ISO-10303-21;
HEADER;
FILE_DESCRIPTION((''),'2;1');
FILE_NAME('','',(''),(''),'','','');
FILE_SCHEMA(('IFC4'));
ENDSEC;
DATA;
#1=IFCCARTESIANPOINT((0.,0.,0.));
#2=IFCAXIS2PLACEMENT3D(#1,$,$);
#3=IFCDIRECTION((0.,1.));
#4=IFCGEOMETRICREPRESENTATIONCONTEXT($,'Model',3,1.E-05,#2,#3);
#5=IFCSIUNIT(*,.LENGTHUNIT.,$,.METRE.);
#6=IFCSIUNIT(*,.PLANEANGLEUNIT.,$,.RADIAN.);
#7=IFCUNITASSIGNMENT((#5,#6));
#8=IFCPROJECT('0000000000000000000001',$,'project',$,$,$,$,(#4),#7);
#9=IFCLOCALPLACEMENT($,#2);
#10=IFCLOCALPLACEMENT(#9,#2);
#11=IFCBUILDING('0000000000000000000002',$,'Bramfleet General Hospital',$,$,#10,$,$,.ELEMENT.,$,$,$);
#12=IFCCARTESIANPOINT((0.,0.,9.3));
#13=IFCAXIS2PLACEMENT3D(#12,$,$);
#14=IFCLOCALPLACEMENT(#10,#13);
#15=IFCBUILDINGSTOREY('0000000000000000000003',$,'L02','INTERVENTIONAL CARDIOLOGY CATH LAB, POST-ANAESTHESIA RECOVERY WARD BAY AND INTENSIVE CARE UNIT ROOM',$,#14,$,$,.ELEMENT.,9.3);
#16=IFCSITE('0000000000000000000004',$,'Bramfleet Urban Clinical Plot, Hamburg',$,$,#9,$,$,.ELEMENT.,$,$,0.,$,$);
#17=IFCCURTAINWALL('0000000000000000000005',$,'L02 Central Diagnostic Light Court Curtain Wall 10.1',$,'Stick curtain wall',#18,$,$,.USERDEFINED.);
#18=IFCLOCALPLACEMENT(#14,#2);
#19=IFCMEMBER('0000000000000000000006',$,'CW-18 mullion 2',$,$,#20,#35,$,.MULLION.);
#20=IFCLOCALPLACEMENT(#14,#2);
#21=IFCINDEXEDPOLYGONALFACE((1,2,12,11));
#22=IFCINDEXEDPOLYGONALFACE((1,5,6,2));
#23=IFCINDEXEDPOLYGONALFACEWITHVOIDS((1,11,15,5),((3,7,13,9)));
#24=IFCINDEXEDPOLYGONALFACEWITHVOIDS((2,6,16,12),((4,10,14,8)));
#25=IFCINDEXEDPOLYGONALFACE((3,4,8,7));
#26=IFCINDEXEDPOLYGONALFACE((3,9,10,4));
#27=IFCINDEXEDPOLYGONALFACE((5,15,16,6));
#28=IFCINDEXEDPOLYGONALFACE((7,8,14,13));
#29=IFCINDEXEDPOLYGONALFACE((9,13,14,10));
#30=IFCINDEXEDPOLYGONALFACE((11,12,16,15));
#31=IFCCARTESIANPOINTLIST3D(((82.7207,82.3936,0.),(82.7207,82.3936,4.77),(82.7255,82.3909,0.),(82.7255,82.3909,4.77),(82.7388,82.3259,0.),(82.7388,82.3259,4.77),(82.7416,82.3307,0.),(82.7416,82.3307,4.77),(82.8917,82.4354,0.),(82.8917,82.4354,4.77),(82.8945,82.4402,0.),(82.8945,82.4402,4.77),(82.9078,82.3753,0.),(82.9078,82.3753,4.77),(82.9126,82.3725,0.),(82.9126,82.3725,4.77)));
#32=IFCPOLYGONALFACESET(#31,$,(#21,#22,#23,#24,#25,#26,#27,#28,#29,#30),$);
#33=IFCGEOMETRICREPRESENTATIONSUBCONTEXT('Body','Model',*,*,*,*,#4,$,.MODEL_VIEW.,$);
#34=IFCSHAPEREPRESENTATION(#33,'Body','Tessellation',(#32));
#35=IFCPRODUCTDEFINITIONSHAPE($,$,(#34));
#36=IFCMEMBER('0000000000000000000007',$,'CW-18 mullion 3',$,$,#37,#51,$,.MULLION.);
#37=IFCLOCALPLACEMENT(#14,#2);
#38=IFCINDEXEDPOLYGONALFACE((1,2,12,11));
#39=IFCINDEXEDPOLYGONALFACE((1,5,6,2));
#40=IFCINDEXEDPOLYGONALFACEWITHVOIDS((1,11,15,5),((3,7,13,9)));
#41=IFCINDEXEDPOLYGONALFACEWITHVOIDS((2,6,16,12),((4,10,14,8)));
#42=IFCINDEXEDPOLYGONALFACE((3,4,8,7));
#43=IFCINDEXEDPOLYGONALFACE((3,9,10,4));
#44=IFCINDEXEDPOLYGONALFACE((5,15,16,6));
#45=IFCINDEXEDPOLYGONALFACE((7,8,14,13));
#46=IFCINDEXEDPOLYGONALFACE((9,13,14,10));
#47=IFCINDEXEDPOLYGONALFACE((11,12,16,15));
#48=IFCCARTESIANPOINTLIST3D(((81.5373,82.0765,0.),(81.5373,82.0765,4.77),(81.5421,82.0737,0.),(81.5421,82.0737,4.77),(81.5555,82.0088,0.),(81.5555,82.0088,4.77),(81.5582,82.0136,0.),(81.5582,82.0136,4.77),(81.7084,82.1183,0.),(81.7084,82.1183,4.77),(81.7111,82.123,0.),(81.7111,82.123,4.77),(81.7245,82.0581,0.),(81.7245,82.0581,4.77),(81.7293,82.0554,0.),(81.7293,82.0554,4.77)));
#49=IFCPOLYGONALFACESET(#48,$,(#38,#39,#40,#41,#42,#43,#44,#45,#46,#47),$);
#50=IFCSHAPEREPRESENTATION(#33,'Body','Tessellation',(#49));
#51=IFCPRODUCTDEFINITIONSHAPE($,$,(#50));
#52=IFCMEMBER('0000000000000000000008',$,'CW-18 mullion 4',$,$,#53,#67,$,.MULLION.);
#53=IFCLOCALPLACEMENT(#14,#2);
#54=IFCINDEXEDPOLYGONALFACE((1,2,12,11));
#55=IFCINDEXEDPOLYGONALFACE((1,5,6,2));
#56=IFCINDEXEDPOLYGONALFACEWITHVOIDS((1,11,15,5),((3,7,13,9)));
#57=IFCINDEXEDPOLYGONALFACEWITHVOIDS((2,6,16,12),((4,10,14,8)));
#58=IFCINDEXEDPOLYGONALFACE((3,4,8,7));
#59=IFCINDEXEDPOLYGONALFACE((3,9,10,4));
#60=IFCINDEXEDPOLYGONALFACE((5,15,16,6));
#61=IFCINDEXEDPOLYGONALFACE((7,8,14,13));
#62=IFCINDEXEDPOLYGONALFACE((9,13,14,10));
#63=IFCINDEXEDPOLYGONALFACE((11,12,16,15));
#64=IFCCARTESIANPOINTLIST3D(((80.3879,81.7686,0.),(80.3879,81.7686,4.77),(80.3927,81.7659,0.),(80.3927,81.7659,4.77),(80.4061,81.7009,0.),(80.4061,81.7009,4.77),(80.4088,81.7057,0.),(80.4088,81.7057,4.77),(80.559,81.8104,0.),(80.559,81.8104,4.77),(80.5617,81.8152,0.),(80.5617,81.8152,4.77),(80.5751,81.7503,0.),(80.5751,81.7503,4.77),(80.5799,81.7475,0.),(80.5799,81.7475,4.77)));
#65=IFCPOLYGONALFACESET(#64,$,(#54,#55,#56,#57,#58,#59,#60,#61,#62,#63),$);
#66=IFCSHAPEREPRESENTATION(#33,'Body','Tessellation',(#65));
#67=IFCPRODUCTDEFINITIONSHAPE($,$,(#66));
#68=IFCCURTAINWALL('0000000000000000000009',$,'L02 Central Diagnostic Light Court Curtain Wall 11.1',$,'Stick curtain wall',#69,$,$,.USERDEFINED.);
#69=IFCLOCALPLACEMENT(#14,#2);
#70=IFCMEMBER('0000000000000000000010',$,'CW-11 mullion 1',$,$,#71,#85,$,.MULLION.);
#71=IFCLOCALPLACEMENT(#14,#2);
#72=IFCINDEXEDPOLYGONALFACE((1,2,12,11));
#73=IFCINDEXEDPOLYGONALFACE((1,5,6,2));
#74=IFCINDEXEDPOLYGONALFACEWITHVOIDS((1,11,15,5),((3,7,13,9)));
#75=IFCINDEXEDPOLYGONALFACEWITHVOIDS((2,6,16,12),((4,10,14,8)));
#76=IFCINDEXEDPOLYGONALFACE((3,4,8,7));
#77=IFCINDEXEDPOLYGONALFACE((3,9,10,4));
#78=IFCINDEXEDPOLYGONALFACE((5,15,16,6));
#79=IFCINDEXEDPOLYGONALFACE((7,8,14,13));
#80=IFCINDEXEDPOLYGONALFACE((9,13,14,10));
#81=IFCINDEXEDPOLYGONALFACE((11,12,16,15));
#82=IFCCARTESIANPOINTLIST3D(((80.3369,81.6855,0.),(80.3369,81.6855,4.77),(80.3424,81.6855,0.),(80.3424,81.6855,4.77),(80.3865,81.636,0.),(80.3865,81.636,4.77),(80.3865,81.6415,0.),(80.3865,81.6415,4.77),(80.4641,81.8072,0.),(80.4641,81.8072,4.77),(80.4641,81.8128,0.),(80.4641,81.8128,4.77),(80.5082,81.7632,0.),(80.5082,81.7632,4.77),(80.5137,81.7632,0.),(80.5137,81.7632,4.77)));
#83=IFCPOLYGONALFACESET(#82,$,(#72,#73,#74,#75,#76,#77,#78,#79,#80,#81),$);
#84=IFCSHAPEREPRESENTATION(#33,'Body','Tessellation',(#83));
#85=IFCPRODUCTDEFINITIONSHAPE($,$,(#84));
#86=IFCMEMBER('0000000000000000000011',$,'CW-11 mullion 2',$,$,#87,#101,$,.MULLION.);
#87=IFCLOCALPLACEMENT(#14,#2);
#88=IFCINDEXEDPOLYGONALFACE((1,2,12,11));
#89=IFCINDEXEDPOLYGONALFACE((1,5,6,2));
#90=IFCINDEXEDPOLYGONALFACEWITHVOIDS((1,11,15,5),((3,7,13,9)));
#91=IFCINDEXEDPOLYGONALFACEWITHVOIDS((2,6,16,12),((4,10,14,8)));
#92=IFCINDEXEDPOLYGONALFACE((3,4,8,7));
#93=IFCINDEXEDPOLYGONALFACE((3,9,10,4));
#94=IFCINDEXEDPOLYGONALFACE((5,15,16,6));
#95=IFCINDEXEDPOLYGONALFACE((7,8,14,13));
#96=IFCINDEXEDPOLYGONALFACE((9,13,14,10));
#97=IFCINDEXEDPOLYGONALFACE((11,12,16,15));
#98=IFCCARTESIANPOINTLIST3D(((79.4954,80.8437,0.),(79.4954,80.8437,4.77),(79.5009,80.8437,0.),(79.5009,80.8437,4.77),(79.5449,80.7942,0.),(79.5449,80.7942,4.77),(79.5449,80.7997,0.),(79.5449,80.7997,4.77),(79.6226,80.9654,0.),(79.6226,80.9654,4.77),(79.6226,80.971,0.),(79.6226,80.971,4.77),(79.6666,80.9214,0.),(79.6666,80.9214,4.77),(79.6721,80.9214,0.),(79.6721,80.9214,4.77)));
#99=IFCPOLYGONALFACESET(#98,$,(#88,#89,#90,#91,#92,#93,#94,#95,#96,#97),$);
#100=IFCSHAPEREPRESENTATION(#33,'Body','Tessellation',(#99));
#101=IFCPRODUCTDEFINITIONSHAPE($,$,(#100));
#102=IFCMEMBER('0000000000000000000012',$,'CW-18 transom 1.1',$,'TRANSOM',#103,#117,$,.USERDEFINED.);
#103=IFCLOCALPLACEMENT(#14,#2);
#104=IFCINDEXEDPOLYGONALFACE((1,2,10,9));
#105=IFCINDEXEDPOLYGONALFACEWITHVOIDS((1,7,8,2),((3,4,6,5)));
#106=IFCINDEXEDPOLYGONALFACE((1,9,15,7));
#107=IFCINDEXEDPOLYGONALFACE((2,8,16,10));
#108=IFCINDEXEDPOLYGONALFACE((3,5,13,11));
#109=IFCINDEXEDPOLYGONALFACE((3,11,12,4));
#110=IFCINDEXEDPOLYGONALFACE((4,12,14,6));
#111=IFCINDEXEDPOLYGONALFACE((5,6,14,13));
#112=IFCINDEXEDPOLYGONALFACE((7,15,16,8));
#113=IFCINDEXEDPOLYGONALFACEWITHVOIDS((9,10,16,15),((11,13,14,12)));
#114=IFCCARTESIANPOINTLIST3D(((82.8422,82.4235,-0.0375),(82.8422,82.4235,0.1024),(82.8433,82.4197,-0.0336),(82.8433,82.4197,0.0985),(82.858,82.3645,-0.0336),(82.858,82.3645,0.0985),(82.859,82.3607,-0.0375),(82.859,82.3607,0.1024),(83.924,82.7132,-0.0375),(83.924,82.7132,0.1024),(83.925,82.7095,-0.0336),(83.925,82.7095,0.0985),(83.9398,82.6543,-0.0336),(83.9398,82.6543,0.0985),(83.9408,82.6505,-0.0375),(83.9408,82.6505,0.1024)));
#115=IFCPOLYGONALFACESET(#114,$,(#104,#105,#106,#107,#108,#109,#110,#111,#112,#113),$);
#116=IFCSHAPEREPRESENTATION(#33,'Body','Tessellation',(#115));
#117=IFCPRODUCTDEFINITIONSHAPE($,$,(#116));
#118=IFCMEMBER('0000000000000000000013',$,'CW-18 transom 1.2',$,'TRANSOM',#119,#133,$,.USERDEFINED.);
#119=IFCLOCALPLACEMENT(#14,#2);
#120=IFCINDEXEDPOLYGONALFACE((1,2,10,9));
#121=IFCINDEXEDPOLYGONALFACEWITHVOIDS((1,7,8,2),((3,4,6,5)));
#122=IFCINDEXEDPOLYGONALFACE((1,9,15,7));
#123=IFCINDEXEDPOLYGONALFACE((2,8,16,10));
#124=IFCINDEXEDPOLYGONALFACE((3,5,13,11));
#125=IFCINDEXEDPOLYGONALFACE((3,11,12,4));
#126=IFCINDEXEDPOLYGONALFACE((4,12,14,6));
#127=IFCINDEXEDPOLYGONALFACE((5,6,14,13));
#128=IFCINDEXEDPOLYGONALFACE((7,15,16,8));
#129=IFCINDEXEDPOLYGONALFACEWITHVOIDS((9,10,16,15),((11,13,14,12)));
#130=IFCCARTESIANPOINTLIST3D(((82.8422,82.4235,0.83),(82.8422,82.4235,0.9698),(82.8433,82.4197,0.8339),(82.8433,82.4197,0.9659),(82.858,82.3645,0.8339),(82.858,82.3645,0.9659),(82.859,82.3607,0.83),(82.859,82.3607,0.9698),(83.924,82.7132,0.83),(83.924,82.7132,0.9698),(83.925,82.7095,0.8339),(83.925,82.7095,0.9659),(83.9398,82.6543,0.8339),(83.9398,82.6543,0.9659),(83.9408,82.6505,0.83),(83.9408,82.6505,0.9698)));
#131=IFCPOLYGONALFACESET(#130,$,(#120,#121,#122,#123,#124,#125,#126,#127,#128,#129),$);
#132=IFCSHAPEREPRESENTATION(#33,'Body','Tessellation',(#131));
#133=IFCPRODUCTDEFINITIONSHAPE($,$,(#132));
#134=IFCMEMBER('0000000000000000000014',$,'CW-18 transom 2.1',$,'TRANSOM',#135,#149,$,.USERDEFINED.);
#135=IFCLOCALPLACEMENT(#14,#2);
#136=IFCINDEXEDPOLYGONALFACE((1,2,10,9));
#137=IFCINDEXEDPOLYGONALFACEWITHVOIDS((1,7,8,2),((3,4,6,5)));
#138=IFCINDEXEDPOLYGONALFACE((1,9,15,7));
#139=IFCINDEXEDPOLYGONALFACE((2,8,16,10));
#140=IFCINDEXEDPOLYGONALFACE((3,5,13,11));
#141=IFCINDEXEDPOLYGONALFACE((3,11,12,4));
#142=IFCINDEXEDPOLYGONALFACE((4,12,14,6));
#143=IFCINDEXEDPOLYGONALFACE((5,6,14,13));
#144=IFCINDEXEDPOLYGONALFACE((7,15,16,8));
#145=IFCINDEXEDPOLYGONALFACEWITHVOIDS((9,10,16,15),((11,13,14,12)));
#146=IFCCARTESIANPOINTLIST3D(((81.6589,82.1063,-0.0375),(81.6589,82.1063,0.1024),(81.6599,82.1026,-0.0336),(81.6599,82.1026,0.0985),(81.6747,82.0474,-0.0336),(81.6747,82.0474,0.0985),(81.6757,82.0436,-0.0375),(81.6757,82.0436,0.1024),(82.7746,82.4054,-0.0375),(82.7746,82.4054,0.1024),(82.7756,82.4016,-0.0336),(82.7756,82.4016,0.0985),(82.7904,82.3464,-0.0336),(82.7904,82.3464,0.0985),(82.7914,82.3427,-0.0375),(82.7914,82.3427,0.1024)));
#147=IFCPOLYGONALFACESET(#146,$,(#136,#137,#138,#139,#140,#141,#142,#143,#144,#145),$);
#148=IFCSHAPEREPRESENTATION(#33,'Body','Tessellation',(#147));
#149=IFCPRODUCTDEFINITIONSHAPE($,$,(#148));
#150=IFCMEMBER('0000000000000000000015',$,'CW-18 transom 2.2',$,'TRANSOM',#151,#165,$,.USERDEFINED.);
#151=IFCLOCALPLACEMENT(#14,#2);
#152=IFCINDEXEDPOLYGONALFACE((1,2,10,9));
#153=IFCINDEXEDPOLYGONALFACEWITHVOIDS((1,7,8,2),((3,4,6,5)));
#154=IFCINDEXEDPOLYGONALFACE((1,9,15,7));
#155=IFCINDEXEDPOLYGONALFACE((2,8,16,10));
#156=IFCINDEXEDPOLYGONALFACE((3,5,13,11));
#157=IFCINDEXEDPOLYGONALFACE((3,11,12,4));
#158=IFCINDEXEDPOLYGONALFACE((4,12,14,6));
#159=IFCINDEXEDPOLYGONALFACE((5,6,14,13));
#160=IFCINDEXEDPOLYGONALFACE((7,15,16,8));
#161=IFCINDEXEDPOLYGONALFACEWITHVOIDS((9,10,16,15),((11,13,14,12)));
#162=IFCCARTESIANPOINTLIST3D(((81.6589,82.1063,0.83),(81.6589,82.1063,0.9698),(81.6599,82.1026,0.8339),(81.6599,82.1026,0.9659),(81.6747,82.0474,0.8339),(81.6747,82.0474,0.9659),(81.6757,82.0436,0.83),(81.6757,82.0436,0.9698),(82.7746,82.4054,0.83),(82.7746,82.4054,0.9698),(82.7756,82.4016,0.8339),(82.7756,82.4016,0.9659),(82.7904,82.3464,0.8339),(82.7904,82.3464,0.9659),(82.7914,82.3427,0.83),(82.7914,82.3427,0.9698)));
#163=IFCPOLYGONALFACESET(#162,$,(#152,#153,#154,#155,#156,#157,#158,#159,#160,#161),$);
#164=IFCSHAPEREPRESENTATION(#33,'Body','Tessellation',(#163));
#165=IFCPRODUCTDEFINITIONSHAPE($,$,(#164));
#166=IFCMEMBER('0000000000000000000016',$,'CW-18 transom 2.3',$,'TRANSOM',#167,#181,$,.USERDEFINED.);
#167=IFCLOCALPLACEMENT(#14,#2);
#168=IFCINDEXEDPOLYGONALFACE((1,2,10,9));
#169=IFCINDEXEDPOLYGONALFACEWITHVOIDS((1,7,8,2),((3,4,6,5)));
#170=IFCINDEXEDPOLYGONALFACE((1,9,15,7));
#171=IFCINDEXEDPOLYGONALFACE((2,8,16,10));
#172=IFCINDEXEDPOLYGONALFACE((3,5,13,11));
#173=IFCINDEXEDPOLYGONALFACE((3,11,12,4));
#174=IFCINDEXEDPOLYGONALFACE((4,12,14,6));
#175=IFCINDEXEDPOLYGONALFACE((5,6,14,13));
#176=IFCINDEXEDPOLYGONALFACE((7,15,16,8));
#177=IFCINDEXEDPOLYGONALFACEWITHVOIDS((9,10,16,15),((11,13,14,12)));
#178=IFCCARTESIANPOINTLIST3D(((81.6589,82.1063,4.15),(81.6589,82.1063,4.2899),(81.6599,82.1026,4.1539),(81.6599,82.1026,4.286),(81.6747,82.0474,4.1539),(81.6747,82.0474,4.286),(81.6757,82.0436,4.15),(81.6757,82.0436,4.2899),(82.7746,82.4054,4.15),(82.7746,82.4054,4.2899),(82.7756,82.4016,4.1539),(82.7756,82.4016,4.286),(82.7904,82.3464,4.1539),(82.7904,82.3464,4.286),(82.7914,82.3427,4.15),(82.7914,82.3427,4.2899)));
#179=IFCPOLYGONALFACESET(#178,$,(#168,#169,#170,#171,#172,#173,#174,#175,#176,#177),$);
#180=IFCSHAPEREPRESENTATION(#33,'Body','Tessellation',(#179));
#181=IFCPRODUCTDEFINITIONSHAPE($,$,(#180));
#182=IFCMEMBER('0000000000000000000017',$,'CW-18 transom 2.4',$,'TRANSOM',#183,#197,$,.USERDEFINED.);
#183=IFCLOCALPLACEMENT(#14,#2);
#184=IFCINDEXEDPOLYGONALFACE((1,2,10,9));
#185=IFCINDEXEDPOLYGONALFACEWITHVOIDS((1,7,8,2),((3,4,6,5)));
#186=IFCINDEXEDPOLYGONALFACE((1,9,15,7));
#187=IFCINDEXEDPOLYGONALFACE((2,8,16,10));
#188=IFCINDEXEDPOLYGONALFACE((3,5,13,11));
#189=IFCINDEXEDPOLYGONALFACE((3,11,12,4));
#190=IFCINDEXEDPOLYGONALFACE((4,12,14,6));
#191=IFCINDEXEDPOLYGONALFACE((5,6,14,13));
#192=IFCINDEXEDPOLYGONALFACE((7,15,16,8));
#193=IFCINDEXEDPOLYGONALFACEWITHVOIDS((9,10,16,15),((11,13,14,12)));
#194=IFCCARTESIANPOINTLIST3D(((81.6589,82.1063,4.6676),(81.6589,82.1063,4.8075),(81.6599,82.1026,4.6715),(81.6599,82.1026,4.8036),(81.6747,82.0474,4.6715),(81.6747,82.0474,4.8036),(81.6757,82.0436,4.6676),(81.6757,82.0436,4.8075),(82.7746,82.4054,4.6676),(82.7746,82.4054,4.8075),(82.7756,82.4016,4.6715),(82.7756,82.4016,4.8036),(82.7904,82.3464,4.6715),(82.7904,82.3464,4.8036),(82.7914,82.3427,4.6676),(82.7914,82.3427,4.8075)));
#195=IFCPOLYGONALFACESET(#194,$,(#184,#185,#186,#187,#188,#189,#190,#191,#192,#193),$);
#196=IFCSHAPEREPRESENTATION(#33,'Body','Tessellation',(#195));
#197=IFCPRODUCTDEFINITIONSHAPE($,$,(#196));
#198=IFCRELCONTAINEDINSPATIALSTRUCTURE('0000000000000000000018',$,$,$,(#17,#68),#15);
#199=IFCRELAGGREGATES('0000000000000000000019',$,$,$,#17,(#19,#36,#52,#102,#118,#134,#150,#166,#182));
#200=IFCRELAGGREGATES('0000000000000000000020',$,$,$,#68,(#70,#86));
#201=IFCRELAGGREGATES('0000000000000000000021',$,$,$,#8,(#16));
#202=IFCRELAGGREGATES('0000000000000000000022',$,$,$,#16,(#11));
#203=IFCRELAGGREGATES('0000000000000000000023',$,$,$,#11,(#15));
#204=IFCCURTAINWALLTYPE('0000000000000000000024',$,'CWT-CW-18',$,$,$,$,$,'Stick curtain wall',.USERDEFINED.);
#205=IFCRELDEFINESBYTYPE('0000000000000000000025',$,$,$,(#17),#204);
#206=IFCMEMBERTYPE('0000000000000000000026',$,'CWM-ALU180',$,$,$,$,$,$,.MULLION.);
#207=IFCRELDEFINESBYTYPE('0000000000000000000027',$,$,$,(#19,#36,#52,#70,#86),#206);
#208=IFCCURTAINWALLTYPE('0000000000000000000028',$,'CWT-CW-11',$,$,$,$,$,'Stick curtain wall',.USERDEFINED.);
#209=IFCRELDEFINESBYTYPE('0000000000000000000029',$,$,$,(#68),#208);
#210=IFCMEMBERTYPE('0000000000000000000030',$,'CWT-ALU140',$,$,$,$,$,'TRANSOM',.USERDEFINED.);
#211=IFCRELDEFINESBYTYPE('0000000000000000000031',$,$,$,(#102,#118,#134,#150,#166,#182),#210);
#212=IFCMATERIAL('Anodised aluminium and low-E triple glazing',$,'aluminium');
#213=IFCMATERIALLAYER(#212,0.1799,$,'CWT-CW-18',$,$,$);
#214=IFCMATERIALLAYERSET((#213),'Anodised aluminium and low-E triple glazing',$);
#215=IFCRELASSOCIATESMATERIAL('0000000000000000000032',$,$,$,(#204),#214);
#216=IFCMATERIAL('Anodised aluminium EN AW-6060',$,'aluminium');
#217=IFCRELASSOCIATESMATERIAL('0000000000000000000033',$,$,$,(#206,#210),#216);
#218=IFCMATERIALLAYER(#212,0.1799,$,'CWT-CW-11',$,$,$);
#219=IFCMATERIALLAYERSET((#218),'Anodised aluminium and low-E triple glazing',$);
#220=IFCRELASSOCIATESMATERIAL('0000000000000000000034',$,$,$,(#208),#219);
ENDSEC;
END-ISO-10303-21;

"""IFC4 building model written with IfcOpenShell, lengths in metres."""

from ifc_helpers import new_model, si_unit, direction, frame, origin, origin_2d, place, context, subcontext, project, spatial, hollow_rectangle, extrude, material, layer, layer_set, material_profile, profile_set, type_object, element, aggregate, save


model = new_model("IFC4")

# Units and contexts
model_context = context("Model", 3, precision=1e-05, world=origin(), true_north=direction((0.0, 1.0)))
body_context = subcontext(model_context, "Body", "Model", "MODEL_VIEW")
ifc_project = project(units=[si_unit("LENGTHUNIT", "METRE"), si_unit("PLANEANGLEUNIT", "RADIAN")], contexts=[model_context])

# Site, building, storey
site_placement = place(None, origin())
site = spatial("IfcSite", under=ifc_project, at=site_placement, Name="Bramfleet Urban Clinical Plot, Hamburg", CompositionType="ELEMENT", RefElevation=0.0)
building_placement = place(site_placement, origin())
building = spatial("IfcBuilding", under=site, at=building_placement, Name="Bramfleet General Hospital", CompositionType="ELEMENT")
storey_placement = place(building_placement, frame((0.0, 0.0, 9.3)))
storey = spatial("IfcBuildingStorey", under=building, at=storey_placement, Name="L02", Description="INTERVENTIONAL CARDIOLOGY CATH LAB, POST-ANAESTHESIA RECOVERY WARD BAY AND INTENSIVE CARE UNIT ROOM", CompositionType="ELEMENT", Elevation=9.3)

# Curtain walls, members
ifc_material_1 = material(Name="Anodised aluminium and low-E triple glazing", Category="aluminium")
ifc_layer_1 = layer(ifc_material_1, 0.1799, Name="CWT-CW-18")
ifc_layer_set_1 = layer_set([ifc_layer_1], Name="Anodised aluminium and low-E triple glazing")
curtain_wall_type_1 = type_object("IfcCurtainWallType", Name="CWT-CW-18", ElementType="Stick curtain wall", PredefinedType="USERDEFINED", material=ifc_layer_set_1)
curtain_wall_1_placement = place(storey_placement, origin())
curtain_wall_1 = element("IfcCurtainWall", 1, at=curtain_wall_1_placement, inside=storey, type_object=curtain_wall_type_1, Name="L02 Central Diagnostic Light Court Curtain Wall 10.1", ObjectType="Stick curtain wall", PredefinedType="USERDEFINED")
ifc_material_2 = material(Name="Anodised aluminium EN AW-6060", Category="aluminium")
ifc_material_profile_1 = material_profile(ifc_material_2, hollow_rectangle(XDim=0.0701, YDim=0.1799, WallThickness=0.0039, at=origin_2d()), Name="ALU 180x70x4.0")
ifc_profile_set_1 = profile_set([ifc_material_profile_1], Name="Anodised aluminium EN AW-6060")
member_type_1 = type_object("IfcMemberType", Name="CWM-ALU180", PredefinedType="MULLION", material=ifc_profile_set_1)
member_1_placement = place(storey_placement, frame((82.8167, 82.3831, 0.0), z_axis=(0.0, 0.0, 1.0), x_axis=(0.258763, -0.965941, 0.0)))
member_1 = element("IfcMember", 2, at=member_1_placement, type_object=member_type_1, Name="CW-18 mullion 2", PredefinedType="MULLION", context=body_context, shape_type="SweptSolid", body=[
    extrude(hollow_rectangle(XDim=0.0701, YDim=0.1799, WallThickness=0.0039, at=origin_2d()), origin(), (0.0, 0.0, 1.0), 4.77),
])
member_2_placement = place(storey_placement, frame((81.6333, 82.0659, 0.0), z_axis=(0.0, 0.0, 1.0), x_axis=(0.258763, -0.965941, 0.0)))
member_2 = element("IfcMember", 3, at=member_2_placement, type_object=member_type_1, Name="CW-18 mullion 3", PredefinedType="MULLION", context=body_context, shape_type="SweptSolid", body=[
    extrude(hollow_rectangle(XDim=0.0701, YDim=0.1799, WallThickness=0.0039, at=origin_2d()), origin(), (0.0, 0.0, 1.0), 4.77),
])
member_3_placement = place(storey_placement, frame((80.4839, 81.7581, 0.0), z_axis=(0.0, 0.0, 1.0), x_axis=(0.258763, -0.965941, 0.0)))
member_3 = element("IfcMember", 4, at=member_3_placement, type_object=member_type_1, Name="CW-18 mullion 4", PredefinedType="MULLION", context=body_context, shape_type="SweptSolid", body=[
    extrude(hollow_rectangle(XDim=0.0701, YDim=0.1799, WallThickness=0.0039, at=origin_2d()), origin(), (0.0, 0.0, 1.0), 4.77),
])
ifc_layer_2 = layer(ifc_material_1, 0.1799, Name="CWT-CW-11")
ifc_layer_set_2 = layer_set([ifc_layer_2], Name="Anodised aluminium and low-E triple glazing")
curtain_wall_type_2 = type_object("IfcCurtainWallType", Name="CWT-CW-11", ElementType="Stick curtain wall", PredefinedType="USERDEFINED", material=ifc_layer_set_2)
curtain_wall_2_placement = place(storey_placement, origin())
curtain_wall_2 = element("IfcCurtainWall", 5, at=curtain_wall_2_placement, inside=storey, type_object=curtain_wall_type_2, Name="L02 Central Diagnostic Light Court Curtain Wall 11.1", ObjectType="Stick curtain wall", PredefinedType="USERDEFINED")
member_4_placement = place(storey_placement, frame((80.4253, 81.7244, 0.0), z_axis=(0.0, 0.0, 1.0), x_axis=(0.707107, -0.707107, 0.0)))
member_4 = element("IfcMember", 6, at=member_4_placement, type_object=member_type_1, Name="CW-11 mullion 1", PredefinedType="MULLION", context=body_context, shape_type="SweptSolid", body=[
    extrude(hollow_rectangle(XDim=0.0701, YDim=0.1799, WallThickness=0.0039, at=origin_2d()), origin(), (0.0, 0.0, 1.0), 4.77),
])
member_5_placement = place(storey_placement, frame((79.5837, 80.8826, 0.0), z_axis=(0.0, 0.0, 1.0), x_axis=(0.707107, -0.707107, 0.0)))
member_5 = element("IfcMember", 7, at=member_5_placement, type_object=member_type_1, Name="CW-11 mullion 2", PredefinedType="MULLION", context=body_context, shape_type="SweptSolid", body=[
    extrude(hollow_rectangle(XDim=0.0701, YDim=0.1799, WallThickness=0.0039, at=origin_2d()), origin(), (0.0, 0.0, 1.0), 4.77),
])

# Members
ifc_material_profile_2 = material_profile(ifc_material_2, hollow_rectangle(XDim=0.0649, YDim=0.1399, WallThickness=0.0039, at=origin_2d()), Name="ALU 140x65x4.0")
ifc_profile_set_2 = profile_set([ifc_material_profile_2], Name="Anodised aluminium EN AW-6060")
member_type_2 = type_object("IfcMemberType", Name="CWT-ALU140", ElementType="TRANSOM", PredefinedType="USERDEFINED", material=ifc_profile_set_2)
member_6_placement = place(storey_placement, frame((83.9324, 82.6819, 0.0325), z_axis=(-0.965941, -0.258762, 0.0), x_axis=(0.258762, -0.965941, 0.0)))
member_6 = element("IfcMember", 8, at=member_6_placement, type_object=member_type_2, Name="CW-18 transom 1.1", ObjectType="TRANSOM", PredefinedType="USERDEFINED", context=body_context, shape_type="SweptSolid", body=[
    extrude(hollow_rectangle(XDim=0.0649, YDim=0.1399, WallThickness=0.0039, at=origin_2d()), origin(), (0.0, 0.0, 1.0), 1.1199),
])
member_7_placement = place(storey_placement, frame((83.9324, 82.6819, 0.8999), z_axis=(-0.965941, -0.258762, 0.0), x_axis=(0.258762, -0.965941, 0.0)))
member_7 = element("IfcMember", 9, at=member_7_placement, type_object=member_type_2, Name="CW-18 transom 1.2", ObjectType="TRANSOM", PredefinedType="USERDEFINED", context=body_context, shape_type="SweptSolid", body=[
    extrude(hollow_rectangle(XDim=0.0649, YDim=0.1399, WallThickness=0.0039, at=origin_2d()), origin(), (0.0, 0.0, 1.0), 1.1199),
])
member_8_placement = place(storey_placement, frame((82.783, 82.374, 0.0325), z_axis=(-0.965901, -0.258912, 0.0), x_axis=(0.258912, -0.965901, 0.0)))
member_8 = element("IfcMember", 10, at=member_8_placement, type_object=member_type_2, Name="CW-18 transom 2.1", ObjectType="TRANSOM", PredefinedType="USERDEFINED", context=body_context, shape_type="SweptSolid", body=[
    extrude(hollow_rectangle(XDim=0.0649, YDim=0.1399, WallThickness=0.0039, at=origin_2d()), origin(), (0.0, 0.0, 1.0), 1.155),
])
member_9_placement = place(storey_placement, frame((82.783, 82.374, 0.8999), z_axis=(-0.965901, -0.258912, 0.0), x_axis=(0.258912, -0.965901, 0.0)))
member_9 = element("IfcMember", 11, at=member_9_placement, type_object=member_type_2, Name="CW-18 transom 2.2", ObjectType="TRANSOM", PredefinedType="USERDEFINED", context=body_context, shape_type="SweptSolid", body=[
    extrude(hollow_rectangle(XDim=0.0649, YDim=0.1399, WallThickness=0.0039, at=origin_2d()), origin(), (0.0, 0.0, 1.0), 1.155),
])
member_10_placement = place(storey_placement, frame((82.783, 82.374, 4.22), z_axis=(-0.965901, -0.258912, 0.0), x_axis=(0.258912, -0.965901, 0.0)))
member_10 = element("IfcMember", 12, at=member_10_placement, type_object=member_type_2, Name="CW-18 transom 2.3", ObjectType="TRANSOM", PredefinedType="USERDEFINED", context=body_context, shape_type="SweptSolid", body=[
    extrude(hollow_rectangle(XDim=0.0649, YDim=0.1399, WallThickness=0.0039, at=origin_2d()), origin(), (0.0, 0.0, 1.0), 1.155),
])
member_11_placement = place(storey_placement, frame((82.783, 82.374, 4.7375), z_axis=(-0.965901, -0.258912, 0.0), x_axis=(0.258912, -0.965901, 0.0)))
member_11 = element("IfcMember", 13, at=member_11_placement, type_object=member_type_2, Name="CW-18 transom 2.4", ObjectType="TRANSOM", PredefinedType="USERDEFINED", context=body_context, shape_type="SweptSolid", body=[
    extrude(hollow_rectangle(XDim=0.0649, YDim=0.1399, WallThickness=0.0039, at=origin_2d()), origin(), (0.0, 0.0, 1.0), 1.155),
])

aggregate(curtain_wall_1, [member_1, member_2, member_3, member_6, member_7, member_8, member_9, member_10, member_11])
aggregate(curtain_wall_2, [member_4, member_5])

save(model, "model.ifc")
